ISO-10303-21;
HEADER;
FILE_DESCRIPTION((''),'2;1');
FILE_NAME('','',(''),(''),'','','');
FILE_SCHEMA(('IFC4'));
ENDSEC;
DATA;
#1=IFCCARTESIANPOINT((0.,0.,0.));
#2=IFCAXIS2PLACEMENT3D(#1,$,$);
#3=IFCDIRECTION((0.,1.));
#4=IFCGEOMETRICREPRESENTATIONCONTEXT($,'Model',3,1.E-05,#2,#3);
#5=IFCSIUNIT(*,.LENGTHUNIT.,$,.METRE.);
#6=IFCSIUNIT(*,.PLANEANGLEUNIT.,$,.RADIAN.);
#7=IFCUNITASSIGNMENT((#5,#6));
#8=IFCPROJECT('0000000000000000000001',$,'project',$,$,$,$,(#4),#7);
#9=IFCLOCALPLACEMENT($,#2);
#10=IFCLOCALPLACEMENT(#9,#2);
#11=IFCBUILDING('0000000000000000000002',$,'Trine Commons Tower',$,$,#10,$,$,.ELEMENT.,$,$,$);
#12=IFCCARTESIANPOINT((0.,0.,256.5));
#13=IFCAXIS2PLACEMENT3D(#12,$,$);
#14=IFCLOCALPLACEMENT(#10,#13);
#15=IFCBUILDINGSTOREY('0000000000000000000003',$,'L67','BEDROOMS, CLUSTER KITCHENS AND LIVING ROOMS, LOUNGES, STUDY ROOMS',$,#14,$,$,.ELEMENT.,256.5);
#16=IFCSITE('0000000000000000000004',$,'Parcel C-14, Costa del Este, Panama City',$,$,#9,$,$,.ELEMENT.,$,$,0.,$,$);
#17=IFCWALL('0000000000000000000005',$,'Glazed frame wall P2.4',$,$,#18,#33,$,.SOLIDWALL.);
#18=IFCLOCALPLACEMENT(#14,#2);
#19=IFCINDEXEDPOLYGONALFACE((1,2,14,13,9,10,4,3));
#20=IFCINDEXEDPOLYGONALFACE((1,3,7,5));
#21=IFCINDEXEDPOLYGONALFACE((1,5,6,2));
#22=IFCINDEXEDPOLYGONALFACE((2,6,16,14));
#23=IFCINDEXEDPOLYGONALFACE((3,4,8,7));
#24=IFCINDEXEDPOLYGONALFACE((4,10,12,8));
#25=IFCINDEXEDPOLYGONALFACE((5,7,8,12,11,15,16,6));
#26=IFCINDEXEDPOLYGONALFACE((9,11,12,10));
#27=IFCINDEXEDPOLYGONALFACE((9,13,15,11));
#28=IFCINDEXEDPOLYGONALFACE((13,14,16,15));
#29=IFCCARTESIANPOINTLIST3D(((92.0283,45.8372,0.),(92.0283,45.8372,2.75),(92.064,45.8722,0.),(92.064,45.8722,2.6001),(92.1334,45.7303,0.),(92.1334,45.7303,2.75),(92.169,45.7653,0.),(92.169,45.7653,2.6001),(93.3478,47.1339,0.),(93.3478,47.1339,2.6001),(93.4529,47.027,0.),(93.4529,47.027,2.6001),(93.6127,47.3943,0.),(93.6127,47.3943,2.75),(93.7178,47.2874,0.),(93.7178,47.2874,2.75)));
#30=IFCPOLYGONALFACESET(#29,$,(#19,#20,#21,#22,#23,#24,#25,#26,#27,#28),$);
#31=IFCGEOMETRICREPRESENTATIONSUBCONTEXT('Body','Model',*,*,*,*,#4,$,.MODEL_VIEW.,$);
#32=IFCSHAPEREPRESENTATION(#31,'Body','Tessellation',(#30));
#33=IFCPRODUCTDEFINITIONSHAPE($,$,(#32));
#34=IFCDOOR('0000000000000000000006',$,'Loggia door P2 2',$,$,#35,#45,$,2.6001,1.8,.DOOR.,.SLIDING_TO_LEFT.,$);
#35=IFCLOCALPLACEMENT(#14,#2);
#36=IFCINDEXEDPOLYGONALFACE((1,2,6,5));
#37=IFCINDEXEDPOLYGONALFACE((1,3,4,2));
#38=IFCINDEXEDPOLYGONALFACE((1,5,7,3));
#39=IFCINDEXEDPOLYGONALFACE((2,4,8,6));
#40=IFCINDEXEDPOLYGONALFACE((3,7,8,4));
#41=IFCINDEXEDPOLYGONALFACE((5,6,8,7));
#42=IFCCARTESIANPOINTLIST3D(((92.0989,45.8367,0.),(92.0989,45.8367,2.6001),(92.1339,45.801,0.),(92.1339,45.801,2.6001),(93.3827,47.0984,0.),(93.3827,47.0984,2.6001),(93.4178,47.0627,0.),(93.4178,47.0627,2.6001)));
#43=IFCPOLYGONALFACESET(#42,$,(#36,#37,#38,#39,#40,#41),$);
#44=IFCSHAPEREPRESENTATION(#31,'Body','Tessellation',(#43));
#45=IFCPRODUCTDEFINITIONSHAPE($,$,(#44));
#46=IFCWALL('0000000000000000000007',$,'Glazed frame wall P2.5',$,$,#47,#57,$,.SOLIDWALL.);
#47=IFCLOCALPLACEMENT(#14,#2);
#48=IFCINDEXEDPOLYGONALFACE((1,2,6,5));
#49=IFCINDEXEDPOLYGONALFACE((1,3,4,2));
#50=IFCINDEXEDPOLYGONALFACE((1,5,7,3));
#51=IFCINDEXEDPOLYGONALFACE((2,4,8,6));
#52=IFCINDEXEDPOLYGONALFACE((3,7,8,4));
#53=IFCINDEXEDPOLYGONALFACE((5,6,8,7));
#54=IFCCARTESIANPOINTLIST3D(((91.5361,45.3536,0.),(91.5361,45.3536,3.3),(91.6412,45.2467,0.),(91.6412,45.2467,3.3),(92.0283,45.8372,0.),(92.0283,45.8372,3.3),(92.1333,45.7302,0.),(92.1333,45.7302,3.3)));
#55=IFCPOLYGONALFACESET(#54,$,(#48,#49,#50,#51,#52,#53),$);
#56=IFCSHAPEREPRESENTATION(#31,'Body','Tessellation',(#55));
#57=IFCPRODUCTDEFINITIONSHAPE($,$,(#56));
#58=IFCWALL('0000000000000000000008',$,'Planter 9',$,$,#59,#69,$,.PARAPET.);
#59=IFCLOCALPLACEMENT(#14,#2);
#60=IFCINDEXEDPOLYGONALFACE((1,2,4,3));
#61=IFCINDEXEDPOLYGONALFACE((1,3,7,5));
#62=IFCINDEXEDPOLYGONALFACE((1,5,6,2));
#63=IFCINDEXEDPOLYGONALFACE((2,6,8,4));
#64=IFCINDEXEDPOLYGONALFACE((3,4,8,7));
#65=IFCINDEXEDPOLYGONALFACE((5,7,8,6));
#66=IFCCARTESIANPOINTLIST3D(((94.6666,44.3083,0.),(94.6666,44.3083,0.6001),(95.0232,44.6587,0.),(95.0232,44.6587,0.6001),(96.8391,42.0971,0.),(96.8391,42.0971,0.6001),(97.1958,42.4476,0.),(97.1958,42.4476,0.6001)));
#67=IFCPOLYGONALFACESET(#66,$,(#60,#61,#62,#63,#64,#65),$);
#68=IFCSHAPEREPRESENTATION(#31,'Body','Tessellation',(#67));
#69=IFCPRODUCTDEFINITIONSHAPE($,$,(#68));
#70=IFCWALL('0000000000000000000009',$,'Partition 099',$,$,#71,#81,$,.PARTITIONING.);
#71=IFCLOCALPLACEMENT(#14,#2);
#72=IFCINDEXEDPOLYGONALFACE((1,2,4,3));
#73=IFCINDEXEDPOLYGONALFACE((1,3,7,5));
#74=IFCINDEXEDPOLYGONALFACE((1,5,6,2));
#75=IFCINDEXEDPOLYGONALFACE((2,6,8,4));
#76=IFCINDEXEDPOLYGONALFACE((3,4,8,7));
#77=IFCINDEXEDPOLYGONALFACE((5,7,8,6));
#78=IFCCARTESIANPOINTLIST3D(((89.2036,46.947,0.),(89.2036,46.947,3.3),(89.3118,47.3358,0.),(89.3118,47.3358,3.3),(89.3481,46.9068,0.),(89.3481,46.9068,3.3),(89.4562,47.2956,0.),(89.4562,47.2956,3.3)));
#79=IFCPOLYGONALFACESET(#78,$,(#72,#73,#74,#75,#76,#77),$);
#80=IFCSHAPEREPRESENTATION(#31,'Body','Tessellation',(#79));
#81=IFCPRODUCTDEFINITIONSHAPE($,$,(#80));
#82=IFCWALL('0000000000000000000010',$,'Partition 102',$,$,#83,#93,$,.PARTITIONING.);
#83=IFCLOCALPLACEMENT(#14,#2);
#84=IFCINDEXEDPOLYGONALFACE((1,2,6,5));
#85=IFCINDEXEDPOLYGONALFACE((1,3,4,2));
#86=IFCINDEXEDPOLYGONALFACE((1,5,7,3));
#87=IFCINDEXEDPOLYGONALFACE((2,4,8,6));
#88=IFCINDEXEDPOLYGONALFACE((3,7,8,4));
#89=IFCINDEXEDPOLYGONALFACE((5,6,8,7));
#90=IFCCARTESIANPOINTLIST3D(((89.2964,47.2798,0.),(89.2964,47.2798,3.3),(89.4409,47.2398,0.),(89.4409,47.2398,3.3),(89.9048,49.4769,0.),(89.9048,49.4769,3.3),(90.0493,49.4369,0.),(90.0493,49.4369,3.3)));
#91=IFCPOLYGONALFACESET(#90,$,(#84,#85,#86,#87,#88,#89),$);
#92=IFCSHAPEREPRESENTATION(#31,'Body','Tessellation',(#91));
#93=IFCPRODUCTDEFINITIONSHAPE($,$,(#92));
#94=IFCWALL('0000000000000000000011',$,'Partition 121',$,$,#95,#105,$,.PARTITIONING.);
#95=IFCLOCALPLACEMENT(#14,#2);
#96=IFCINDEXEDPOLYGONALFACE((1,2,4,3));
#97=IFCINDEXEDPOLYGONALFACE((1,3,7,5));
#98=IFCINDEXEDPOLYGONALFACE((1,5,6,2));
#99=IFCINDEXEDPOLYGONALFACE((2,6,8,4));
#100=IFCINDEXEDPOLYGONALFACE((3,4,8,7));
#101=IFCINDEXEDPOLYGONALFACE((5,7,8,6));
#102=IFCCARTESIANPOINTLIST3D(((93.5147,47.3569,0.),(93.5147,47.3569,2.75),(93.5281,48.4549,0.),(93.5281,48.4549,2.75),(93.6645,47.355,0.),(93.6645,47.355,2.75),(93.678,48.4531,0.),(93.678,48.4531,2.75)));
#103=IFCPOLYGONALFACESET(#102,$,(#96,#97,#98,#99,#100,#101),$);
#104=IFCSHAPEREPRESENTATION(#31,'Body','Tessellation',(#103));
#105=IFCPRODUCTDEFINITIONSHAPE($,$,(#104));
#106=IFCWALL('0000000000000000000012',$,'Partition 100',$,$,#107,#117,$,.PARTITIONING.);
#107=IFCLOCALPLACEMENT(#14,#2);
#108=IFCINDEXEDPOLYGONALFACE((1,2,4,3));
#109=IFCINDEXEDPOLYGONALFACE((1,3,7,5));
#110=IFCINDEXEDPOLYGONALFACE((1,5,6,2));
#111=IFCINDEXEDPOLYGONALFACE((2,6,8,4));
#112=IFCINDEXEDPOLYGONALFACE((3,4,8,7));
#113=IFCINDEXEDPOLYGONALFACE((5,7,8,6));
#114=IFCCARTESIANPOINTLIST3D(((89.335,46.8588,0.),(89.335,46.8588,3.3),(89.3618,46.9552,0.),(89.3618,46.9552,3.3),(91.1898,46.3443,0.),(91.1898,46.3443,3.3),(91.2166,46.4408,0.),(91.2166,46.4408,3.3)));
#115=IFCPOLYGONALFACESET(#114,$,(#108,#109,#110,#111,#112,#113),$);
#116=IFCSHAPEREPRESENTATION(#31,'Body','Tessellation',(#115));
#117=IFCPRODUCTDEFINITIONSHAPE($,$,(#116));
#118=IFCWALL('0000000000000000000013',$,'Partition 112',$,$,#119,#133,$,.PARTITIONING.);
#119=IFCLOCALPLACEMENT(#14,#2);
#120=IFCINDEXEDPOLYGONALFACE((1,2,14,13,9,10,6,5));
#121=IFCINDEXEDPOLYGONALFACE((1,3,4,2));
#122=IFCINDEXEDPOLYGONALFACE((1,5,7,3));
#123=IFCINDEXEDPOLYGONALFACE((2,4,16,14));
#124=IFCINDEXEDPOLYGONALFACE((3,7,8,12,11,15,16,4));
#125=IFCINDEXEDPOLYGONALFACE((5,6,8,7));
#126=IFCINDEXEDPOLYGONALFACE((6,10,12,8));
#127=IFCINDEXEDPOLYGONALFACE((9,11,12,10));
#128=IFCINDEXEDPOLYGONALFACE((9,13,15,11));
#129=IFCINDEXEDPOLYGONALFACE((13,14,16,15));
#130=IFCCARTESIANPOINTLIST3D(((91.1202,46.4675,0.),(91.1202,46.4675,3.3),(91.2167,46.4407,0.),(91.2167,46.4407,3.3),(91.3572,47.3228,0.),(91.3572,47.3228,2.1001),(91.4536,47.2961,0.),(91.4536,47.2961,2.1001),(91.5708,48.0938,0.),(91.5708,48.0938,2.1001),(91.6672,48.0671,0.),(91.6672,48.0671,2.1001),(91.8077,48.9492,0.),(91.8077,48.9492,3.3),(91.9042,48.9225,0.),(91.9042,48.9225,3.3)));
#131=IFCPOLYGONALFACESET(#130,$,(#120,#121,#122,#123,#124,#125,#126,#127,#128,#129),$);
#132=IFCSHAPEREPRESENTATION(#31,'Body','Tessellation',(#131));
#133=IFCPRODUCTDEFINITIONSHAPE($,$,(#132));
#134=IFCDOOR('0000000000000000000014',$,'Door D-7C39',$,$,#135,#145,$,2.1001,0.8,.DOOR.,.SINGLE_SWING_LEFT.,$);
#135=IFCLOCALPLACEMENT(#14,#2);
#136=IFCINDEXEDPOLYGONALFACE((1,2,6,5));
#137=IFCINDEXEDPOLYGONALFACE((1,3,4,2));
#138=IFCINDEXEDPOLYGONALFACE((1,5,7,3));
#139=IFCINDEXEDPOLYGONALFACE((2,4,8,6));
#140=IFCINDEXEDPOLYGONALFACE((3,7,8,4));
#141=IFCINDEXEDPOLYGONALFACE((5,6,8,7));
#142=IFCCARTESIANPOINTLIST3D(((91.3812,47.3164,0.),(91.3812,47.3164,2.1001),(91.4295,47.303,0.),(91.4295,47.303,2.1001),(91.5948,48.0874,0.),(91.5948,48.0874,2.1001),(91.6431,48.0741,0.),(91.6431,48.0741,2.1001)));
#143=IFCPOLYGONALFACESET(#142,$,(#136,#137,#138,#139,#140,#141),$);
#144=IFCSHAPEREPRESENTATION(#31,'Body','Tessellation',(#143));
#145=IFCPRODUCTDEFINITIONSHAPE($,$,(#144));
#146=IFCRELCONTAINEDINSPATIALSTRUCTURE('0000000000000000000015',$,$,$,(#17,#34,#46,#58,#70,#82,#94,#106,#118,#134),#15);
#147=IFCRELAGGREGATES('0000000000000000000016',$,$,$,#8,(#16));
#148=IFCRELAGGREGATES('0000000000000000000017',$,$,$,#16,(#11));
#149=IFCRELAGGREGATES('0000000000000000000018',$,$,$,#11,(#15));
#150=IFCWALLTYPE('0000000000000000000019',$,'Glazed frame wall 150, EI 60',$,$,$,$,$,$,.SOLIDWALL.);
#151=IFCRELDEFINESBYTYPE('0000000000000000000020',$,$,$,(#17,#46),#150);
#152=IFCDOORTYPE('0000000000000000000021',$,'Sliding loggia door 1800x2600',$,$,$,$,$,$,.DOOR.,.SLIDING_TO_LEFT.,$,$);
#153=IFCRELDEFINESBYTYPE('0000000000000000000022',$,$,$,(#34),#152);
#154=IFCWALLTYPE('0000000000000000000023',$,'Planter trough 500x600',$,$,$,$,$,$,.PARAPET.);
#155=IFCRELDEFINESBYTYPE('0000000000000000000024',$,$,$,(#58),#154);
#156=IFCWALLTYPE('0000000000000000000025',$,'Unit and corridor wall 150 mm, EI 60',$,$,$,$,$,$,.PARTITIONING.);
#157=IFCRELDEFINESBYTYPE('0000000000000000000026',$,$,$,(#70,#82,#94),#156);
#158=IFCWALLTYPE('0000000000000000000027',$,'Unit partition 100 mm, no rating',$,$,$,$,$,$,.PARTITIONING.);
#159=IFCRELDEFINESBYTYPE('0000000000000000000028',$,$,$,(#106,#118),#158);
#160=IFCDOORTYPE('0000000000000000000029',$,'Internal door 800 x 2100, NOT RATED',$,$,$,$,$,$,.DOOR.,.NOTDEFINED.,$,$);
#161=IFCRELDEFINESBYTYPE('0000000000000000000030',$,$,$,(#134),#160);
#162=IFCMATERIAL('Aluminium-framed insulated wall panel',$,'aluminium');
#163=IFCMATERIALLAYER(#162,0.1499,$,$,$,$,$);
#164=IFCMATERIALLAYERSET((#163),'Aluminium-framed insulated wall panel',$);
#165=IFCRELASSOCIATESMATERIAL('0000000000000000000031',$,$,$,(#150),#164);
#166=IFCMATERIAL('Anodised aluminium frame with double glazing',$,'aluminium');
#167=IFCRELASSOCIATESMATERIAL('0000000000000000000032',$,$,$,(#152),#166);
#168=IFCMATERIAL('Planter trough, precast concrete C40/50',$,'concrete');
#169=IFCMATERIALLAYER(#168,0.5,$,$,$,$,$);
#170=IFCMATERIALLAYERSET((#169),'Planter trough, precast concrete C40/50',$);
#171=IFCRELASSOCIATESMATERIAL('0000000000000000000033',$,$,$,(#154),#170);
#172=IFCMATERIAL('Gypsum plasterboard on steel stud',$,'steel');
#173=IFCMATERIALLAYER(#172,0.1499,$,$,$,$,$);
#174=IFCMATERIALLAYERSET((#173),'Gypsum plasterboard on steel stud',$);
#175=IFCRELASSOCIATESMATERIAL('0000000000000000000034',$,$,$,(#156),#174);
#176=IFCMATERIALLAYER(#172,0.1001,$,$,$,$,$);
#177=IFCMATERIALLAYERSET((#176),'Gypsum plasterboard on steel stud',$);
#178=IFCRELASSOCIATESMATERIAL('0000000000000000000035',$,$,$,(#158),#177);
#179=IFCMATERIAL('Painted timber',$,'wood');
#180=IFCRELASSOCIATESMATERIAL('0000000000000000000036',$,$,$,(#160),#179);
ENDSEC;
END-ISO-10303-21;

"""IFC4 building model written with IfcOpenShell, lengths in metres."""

from ifc_helpers import new_model, si_unit, direction, frame, frame_2d, origin, place, context, subcontext, project, spatial, polyline, rectangle, outline, extrude, material, layer, layer_set, type_object, element, fill, save


model = new_model("IFC4")

# Units and contexts
model_context = context("Model", 3, precision=1e-05, world=origin(), true_north=direction((0.0, 1.0)))
body_context = subcontext(model_context, "Body", "Model", "MODEL_VIEW")
ifc_project = project(units=[si_unit("LENGTHUNIT", "METRE"), si_unit("PLANEANGLEUNIT", "RADIAN")], contexts=[model_context])

# Site, building, storey
site_placement = place(None, origin())
site = spatial("IfcSite", under=ifc_project, at=site_placement, Name="Parcel C-14, Costa del Este, Panama City", CompositionType="ELEMENT", RefElevation=0.0)
building_placement = place(site_placement, origin())
building = spatial("IfcBuilding", under=site, at=building_placement, Name="Trine Commons Tower", CompositionType="ELEMENT")
storey_placement = place(building_placement, frame((0.0, 0.0, 256.5)))
storey = spatial("IfcBuildingStorey", under=building, at=storey_placement, Name="L67", Description="BEDROOMS, CLUSTER KITCHENS AND LIVING ROOMS, LOUNGES, STUDY ROOMS", CompositionType="ELEMENT", Elevation=256.5)

# Wall, opening, door
ifc_material_1 = material(Name="Aluminium-framed insulated wall panel", Category="aluminium")
ifc_layer_1 = layer(ifc_material_1, 0.1499)
ifc_layer_set_1 = layer_set([ifc_layer_1], Name="Aluminium-framed insulated wall panel")
wall_type_1 = type_object("IfcWallType", Name="Glazed frame wall 150, EI 60", PredefinedType="SOLIDWALL", material=ifc_layer_set_1)
wall_1_placement = place(storey_placement, frame((93.6653, 47.3408, 0.0), z_axis=(0.0, 0.0, 1.0), x_axis=(-0.713234, -0.700926, 0.0)))
wall_1 = element("IfcWall", 1, at=wall_1_placement, inside=storey, type_object=wall_type_1, Name="Glazed frame wall P2.4", PredefinedType="SOLIDWALL", context=body_context, shape_type="SweptSolid", body=[
    extrude(outline(polyline([(0.0, -0.075), (2.2214, -0.075), (2.2214, 0.075), (0.0, 0.075), (0.0, -0.075)])), origin(), (0.0, 0.0, 1.0), 2.75),
])
opening_1_placement = place(wall_1_placement, frame((0.3716, 0.0, 0.0)))
opening_1 = element("IfcOpeningElement", 2, at=opening_1_placement, cuts=wall_1, PredefinedType="OPENING", context=body_context, shape_type="SweptSolid", body=[
    extrude(rectangle(XDim=1.8, YDim=2.6001, at=frame_2d((0.8999, 1.3))), frame((0.0, 0.085, 0.0), z_axis=(0.0, -1.0, 0.0), x_axis=(1.0, 0.0, 0.0)), (0.0, 0.0, 1.0), 0.1699),
])
ifc_material_2 = material(Name="Anodised aluminium frame with double glazing", Category="aluminium")
door_type_1 = type_object("IfcDoorType", Name="Sliding loggia door 1800x2600", OperationType="SLIDING_TO_LEFT", PredefinedType="DOOR", material=ifc_material_2)
door_1_placement = place(opening_1_placement, origin())
door_1 = element("IfcDoor", 3, at=door_1_placement, inside=storey, type_object=door_type_1, Name="Loggia door P2 2", OperationType="SLIDING_TO_LEFT", OverallHeight=2.6001, OverallWidth=1.8, PredefinedType="DOOR", context=body_context, shape_type="SweptSolid", body=[
    extrude(rectangle(XDim=1.8, YDim=2.6001, at=frame_2d((0.8999, 1.3))), frame((0.0, 0.0249, 0.0), z_axis=(0.0, -1.0, 0.0), x_axis=(1.0, 0.0, 0.0)), (0.0, 0.0, 1.0), 0.05),
])
fill(opening_1, door_1)

# Wall
wall_2_placement = place(storey_placement, frame((92.0808, 45.7837, 0.0), z_axis=(0.0, 0.0, 1.0), x_axis=(-0.713334, -0.700824, 0.0)))
element("IfcWall", 4, at=wall_2_placement, inside=storey, type_object=wall_type_1, Name="Glazed frame wall P2.5", PredefinedType="SOLIDWALL", context=body_context, shape_type="SweptSolid", body=[
    extrude(outline(polyline([(0.6899, 0.075), (0.0, 0.075), (0.0, -0.075), (0.6899, -0.075), (0.6899, 0.075)])), origin(), (0.0, 0.0, 1.0), 3.3),
])

# Walls
ifc_material_3 = material(Name="Planter trough, precast concrete C40/50", Category="concrete")
ifc_layer_2 = layer(ifc_material_3, 0.5)
ifc_layer_set_2 = layer_set([ifc_layer_2], Name="Planter trough, precast concrete C40/50")
wall_type_2 = type_object("IfcWallType", Name="Planter trough 500x600", PredefinedType="PARAPET", material=ifc_layer_set_2)
wall_3_placement = place(storey_placement, frame((94.845, 44.4834, 0.0), z_axis=(0.0, 0.0, 1.0), x_axis=(0.700858, -0.713301, 0.0)))
element("IfcWall", 5, at=wall_3_placement, inside=storey, type_object=wall_type_2, Name="Planter 9", PredefinedType="PARAPET", context=body_context, shape_type="SweptSolid", body=[
    extrude(rectangle(XDim=3.0999, YDim=0.5, at=frame_2d((1.5498, 0.0))), origin(), (0.0, 0.0, 1.0), 0.6001),
])
ifc_material_4 = material(Name="Gypsum plasterboard on steel stud", Category="steel")
ifc_layer_3 = layer(ifc_material_4, 0.1499)
ifc_layer_set_3 = layer_set([ifc_layer_3], Name="Gypsum plasterboard on steel stud")
wall_type_3 = type_object("IfcWallType", Name="Unit and corridor wall 150 mm, EI 60", PredefinedType="PARTITIONING", material=ifc_layer_set_3)
wall_4_placement = place(storey_placement, frame((89.2759, 46.927, 0.0), z_axis=(0.0, 0.0, 1.0), x_axis=(0.267925, 0.96344, 0.0)))
element("IfcWall", 6, at=wall_4_placement, inside=storey, type_object=wall_type_3, Name="Partition 099", PredefinedType="PARTITIONING", context=body_context, shape_type="SweptSolid", body=[
    extrude(rectangle(XDim=0.4036, YDim=0.1499, at=frame_2d((0.2017, 0.0))), origin(), (0.0, 0.0, 1.0), 3.3),
])
wall_5_placement = place(storey_placement, frame((89.3687, 47.2598, 0.0), z_axis=(0.0, 0.0, 1.0), x_axis=(0.266876, 0.963731, 0.0)))
element("IfcWall", 7, at=wall_5_placement, inside=storey, type_object=wall_type_3, Name="Partition 102", PredefinedType="PARTITIONING", context=body_context, shape_type="SweptSolid", body=[
    extrude(rectangle(XDim=2.2798, YDim=0.1499, at=frame_2d((1.1399, 0.0))), origin(), (0.0, 0.0, 1.0), 3.3),
])
wall_6_placement = place(storey_placement, frame((93.5896, 47.356, 0.0), z_axis=(0.0, 0.0, 1.0), x_axis=(0.012227, 0.999925, 0.0)))
element("IfcWall", 8, at=wall_6_placement, inside=storey, type_object=wall_type_3, Name="Partition 121", PredefinedType="PARTITIONING", context=body_context, shape_type="SweptSolid", body=[
    extrude(rectangle(XDim=1.0981, YDim=0.1499, at=frame_2d((0.5491, 0.0))), origin(), (0.0, 0.0, 1.0), 2.75),
])
ifc_layer_4 = layer(ifc_material_4, 0.1001)
ifc_layer_set_4 = layer_set([ifc_layer_4], Name="Gypsum plasterboard on steel stud")
wall_type_4 = type_object("IfcWallType", Name="Unit partition 100 mm, no rating", PredefinedType="PARTITIONING", material=ifc_layer_set_4)
wall_7_placement = place(storey_placement, frame((89.3484, 46.907, 0.0), z_axis=(0.0, 0.0, 1.0), x_axis=(0.963625, -0.267258, 0.0)))
element("IfcWall", 9, at=wall_7_placement, inside=storey, type_object=wall_type_4, Name="Partition 100", PredefinedType="PARTITIONING", context=body_context, shape_type="SweptSolid", body=[
    extrude(rectangle(XDim=1.9248, YDim=0.1001, at=frame_2d((0.9624, 0.0))), origin(), (0.0, 0.0, 1.0), 3.3),
])

# Wall, opening, door
wall_8_placement = place(storey_placement, frame((91.1685, 46.4541, 0.0), z_axis=(0.0, 0.0, 1.0), x_axis=(0.266974, 0.963704, 0.0)))
wall_8 = element("IfcWall", 10, at=wall_8_placement, inside=storey, type_object=wall_type_4, Name="Partition 112", PredefinedType="PARTITIONING", context=body_context, shape_type="SweptSolid", body=[
    extrude(rectangle(XDim=2.5752, YDim=0.1001, at=frame_2d((1.2876, 0.0))), origin(), (0.0, 0.0, 1.0), 3.3),
])
opening_2_placement = place(wall_8_placement, frame((0.8877, 0.0, 0.0)))
opening_2 = element("IfcOpeningElement", 11, at=opening_2_placement, cuts=wall_8, PredefinedType="OPENING", context=body_context, shape_type="SweptSolid", body=[
    extrude(rectangle(XDim=0.8, YDim=2.1001, at=frame_2d((0.3999, 1.05))), frame((0.0, 0.0601, 0.0), z_axis=(0.0, -1.0, 0.0), x_axis=(1.0, 0.0, 0.0)), (0.0, 0.0, 1.0), 0.1201),
])
ifc_material_5 = material(Name="Painted timber", Category="wood")
door_type_2 = type_object("IfcDoorType", Name="Internal door 800 x 2100, NOT RATED", OperationType="NOTDEFINED", PredefinedType="DOOR", material=ifc_material_5)
door_2_placement = place(opening_2_placement, frame((0.8, 0.0, 0.0), z_axis=(0.0, 0.0, 1.0), x_axis=(-1.0, 0.0, 0.0)))
door_2 = element("IfcDoor", 12, at=door_2_placement, inside=storey, type_object=door_type_2, Name="Door D-7C39", OperationType="SINGLE_SWING_LEFT", OverallHeight=2.1001, OverallWidth=0.8, PredefinedType="DOOR", context=body_context, shape_type="SweptSolid", body=[
    extrude(rectangle(XDim=0.8, YDim=2.1001, at=frame_2d((0.3999, 1.05))), frame((0.0, 0.0249, 0.0), z_axis=(0.0, -1.0, 0.0), x_axis=(1.0, 0.0, 0.0)), (0.0, 0.0, 1.0), 0.05),
])
fill(opening_2, door_2)

save(model, "model.ifc")
